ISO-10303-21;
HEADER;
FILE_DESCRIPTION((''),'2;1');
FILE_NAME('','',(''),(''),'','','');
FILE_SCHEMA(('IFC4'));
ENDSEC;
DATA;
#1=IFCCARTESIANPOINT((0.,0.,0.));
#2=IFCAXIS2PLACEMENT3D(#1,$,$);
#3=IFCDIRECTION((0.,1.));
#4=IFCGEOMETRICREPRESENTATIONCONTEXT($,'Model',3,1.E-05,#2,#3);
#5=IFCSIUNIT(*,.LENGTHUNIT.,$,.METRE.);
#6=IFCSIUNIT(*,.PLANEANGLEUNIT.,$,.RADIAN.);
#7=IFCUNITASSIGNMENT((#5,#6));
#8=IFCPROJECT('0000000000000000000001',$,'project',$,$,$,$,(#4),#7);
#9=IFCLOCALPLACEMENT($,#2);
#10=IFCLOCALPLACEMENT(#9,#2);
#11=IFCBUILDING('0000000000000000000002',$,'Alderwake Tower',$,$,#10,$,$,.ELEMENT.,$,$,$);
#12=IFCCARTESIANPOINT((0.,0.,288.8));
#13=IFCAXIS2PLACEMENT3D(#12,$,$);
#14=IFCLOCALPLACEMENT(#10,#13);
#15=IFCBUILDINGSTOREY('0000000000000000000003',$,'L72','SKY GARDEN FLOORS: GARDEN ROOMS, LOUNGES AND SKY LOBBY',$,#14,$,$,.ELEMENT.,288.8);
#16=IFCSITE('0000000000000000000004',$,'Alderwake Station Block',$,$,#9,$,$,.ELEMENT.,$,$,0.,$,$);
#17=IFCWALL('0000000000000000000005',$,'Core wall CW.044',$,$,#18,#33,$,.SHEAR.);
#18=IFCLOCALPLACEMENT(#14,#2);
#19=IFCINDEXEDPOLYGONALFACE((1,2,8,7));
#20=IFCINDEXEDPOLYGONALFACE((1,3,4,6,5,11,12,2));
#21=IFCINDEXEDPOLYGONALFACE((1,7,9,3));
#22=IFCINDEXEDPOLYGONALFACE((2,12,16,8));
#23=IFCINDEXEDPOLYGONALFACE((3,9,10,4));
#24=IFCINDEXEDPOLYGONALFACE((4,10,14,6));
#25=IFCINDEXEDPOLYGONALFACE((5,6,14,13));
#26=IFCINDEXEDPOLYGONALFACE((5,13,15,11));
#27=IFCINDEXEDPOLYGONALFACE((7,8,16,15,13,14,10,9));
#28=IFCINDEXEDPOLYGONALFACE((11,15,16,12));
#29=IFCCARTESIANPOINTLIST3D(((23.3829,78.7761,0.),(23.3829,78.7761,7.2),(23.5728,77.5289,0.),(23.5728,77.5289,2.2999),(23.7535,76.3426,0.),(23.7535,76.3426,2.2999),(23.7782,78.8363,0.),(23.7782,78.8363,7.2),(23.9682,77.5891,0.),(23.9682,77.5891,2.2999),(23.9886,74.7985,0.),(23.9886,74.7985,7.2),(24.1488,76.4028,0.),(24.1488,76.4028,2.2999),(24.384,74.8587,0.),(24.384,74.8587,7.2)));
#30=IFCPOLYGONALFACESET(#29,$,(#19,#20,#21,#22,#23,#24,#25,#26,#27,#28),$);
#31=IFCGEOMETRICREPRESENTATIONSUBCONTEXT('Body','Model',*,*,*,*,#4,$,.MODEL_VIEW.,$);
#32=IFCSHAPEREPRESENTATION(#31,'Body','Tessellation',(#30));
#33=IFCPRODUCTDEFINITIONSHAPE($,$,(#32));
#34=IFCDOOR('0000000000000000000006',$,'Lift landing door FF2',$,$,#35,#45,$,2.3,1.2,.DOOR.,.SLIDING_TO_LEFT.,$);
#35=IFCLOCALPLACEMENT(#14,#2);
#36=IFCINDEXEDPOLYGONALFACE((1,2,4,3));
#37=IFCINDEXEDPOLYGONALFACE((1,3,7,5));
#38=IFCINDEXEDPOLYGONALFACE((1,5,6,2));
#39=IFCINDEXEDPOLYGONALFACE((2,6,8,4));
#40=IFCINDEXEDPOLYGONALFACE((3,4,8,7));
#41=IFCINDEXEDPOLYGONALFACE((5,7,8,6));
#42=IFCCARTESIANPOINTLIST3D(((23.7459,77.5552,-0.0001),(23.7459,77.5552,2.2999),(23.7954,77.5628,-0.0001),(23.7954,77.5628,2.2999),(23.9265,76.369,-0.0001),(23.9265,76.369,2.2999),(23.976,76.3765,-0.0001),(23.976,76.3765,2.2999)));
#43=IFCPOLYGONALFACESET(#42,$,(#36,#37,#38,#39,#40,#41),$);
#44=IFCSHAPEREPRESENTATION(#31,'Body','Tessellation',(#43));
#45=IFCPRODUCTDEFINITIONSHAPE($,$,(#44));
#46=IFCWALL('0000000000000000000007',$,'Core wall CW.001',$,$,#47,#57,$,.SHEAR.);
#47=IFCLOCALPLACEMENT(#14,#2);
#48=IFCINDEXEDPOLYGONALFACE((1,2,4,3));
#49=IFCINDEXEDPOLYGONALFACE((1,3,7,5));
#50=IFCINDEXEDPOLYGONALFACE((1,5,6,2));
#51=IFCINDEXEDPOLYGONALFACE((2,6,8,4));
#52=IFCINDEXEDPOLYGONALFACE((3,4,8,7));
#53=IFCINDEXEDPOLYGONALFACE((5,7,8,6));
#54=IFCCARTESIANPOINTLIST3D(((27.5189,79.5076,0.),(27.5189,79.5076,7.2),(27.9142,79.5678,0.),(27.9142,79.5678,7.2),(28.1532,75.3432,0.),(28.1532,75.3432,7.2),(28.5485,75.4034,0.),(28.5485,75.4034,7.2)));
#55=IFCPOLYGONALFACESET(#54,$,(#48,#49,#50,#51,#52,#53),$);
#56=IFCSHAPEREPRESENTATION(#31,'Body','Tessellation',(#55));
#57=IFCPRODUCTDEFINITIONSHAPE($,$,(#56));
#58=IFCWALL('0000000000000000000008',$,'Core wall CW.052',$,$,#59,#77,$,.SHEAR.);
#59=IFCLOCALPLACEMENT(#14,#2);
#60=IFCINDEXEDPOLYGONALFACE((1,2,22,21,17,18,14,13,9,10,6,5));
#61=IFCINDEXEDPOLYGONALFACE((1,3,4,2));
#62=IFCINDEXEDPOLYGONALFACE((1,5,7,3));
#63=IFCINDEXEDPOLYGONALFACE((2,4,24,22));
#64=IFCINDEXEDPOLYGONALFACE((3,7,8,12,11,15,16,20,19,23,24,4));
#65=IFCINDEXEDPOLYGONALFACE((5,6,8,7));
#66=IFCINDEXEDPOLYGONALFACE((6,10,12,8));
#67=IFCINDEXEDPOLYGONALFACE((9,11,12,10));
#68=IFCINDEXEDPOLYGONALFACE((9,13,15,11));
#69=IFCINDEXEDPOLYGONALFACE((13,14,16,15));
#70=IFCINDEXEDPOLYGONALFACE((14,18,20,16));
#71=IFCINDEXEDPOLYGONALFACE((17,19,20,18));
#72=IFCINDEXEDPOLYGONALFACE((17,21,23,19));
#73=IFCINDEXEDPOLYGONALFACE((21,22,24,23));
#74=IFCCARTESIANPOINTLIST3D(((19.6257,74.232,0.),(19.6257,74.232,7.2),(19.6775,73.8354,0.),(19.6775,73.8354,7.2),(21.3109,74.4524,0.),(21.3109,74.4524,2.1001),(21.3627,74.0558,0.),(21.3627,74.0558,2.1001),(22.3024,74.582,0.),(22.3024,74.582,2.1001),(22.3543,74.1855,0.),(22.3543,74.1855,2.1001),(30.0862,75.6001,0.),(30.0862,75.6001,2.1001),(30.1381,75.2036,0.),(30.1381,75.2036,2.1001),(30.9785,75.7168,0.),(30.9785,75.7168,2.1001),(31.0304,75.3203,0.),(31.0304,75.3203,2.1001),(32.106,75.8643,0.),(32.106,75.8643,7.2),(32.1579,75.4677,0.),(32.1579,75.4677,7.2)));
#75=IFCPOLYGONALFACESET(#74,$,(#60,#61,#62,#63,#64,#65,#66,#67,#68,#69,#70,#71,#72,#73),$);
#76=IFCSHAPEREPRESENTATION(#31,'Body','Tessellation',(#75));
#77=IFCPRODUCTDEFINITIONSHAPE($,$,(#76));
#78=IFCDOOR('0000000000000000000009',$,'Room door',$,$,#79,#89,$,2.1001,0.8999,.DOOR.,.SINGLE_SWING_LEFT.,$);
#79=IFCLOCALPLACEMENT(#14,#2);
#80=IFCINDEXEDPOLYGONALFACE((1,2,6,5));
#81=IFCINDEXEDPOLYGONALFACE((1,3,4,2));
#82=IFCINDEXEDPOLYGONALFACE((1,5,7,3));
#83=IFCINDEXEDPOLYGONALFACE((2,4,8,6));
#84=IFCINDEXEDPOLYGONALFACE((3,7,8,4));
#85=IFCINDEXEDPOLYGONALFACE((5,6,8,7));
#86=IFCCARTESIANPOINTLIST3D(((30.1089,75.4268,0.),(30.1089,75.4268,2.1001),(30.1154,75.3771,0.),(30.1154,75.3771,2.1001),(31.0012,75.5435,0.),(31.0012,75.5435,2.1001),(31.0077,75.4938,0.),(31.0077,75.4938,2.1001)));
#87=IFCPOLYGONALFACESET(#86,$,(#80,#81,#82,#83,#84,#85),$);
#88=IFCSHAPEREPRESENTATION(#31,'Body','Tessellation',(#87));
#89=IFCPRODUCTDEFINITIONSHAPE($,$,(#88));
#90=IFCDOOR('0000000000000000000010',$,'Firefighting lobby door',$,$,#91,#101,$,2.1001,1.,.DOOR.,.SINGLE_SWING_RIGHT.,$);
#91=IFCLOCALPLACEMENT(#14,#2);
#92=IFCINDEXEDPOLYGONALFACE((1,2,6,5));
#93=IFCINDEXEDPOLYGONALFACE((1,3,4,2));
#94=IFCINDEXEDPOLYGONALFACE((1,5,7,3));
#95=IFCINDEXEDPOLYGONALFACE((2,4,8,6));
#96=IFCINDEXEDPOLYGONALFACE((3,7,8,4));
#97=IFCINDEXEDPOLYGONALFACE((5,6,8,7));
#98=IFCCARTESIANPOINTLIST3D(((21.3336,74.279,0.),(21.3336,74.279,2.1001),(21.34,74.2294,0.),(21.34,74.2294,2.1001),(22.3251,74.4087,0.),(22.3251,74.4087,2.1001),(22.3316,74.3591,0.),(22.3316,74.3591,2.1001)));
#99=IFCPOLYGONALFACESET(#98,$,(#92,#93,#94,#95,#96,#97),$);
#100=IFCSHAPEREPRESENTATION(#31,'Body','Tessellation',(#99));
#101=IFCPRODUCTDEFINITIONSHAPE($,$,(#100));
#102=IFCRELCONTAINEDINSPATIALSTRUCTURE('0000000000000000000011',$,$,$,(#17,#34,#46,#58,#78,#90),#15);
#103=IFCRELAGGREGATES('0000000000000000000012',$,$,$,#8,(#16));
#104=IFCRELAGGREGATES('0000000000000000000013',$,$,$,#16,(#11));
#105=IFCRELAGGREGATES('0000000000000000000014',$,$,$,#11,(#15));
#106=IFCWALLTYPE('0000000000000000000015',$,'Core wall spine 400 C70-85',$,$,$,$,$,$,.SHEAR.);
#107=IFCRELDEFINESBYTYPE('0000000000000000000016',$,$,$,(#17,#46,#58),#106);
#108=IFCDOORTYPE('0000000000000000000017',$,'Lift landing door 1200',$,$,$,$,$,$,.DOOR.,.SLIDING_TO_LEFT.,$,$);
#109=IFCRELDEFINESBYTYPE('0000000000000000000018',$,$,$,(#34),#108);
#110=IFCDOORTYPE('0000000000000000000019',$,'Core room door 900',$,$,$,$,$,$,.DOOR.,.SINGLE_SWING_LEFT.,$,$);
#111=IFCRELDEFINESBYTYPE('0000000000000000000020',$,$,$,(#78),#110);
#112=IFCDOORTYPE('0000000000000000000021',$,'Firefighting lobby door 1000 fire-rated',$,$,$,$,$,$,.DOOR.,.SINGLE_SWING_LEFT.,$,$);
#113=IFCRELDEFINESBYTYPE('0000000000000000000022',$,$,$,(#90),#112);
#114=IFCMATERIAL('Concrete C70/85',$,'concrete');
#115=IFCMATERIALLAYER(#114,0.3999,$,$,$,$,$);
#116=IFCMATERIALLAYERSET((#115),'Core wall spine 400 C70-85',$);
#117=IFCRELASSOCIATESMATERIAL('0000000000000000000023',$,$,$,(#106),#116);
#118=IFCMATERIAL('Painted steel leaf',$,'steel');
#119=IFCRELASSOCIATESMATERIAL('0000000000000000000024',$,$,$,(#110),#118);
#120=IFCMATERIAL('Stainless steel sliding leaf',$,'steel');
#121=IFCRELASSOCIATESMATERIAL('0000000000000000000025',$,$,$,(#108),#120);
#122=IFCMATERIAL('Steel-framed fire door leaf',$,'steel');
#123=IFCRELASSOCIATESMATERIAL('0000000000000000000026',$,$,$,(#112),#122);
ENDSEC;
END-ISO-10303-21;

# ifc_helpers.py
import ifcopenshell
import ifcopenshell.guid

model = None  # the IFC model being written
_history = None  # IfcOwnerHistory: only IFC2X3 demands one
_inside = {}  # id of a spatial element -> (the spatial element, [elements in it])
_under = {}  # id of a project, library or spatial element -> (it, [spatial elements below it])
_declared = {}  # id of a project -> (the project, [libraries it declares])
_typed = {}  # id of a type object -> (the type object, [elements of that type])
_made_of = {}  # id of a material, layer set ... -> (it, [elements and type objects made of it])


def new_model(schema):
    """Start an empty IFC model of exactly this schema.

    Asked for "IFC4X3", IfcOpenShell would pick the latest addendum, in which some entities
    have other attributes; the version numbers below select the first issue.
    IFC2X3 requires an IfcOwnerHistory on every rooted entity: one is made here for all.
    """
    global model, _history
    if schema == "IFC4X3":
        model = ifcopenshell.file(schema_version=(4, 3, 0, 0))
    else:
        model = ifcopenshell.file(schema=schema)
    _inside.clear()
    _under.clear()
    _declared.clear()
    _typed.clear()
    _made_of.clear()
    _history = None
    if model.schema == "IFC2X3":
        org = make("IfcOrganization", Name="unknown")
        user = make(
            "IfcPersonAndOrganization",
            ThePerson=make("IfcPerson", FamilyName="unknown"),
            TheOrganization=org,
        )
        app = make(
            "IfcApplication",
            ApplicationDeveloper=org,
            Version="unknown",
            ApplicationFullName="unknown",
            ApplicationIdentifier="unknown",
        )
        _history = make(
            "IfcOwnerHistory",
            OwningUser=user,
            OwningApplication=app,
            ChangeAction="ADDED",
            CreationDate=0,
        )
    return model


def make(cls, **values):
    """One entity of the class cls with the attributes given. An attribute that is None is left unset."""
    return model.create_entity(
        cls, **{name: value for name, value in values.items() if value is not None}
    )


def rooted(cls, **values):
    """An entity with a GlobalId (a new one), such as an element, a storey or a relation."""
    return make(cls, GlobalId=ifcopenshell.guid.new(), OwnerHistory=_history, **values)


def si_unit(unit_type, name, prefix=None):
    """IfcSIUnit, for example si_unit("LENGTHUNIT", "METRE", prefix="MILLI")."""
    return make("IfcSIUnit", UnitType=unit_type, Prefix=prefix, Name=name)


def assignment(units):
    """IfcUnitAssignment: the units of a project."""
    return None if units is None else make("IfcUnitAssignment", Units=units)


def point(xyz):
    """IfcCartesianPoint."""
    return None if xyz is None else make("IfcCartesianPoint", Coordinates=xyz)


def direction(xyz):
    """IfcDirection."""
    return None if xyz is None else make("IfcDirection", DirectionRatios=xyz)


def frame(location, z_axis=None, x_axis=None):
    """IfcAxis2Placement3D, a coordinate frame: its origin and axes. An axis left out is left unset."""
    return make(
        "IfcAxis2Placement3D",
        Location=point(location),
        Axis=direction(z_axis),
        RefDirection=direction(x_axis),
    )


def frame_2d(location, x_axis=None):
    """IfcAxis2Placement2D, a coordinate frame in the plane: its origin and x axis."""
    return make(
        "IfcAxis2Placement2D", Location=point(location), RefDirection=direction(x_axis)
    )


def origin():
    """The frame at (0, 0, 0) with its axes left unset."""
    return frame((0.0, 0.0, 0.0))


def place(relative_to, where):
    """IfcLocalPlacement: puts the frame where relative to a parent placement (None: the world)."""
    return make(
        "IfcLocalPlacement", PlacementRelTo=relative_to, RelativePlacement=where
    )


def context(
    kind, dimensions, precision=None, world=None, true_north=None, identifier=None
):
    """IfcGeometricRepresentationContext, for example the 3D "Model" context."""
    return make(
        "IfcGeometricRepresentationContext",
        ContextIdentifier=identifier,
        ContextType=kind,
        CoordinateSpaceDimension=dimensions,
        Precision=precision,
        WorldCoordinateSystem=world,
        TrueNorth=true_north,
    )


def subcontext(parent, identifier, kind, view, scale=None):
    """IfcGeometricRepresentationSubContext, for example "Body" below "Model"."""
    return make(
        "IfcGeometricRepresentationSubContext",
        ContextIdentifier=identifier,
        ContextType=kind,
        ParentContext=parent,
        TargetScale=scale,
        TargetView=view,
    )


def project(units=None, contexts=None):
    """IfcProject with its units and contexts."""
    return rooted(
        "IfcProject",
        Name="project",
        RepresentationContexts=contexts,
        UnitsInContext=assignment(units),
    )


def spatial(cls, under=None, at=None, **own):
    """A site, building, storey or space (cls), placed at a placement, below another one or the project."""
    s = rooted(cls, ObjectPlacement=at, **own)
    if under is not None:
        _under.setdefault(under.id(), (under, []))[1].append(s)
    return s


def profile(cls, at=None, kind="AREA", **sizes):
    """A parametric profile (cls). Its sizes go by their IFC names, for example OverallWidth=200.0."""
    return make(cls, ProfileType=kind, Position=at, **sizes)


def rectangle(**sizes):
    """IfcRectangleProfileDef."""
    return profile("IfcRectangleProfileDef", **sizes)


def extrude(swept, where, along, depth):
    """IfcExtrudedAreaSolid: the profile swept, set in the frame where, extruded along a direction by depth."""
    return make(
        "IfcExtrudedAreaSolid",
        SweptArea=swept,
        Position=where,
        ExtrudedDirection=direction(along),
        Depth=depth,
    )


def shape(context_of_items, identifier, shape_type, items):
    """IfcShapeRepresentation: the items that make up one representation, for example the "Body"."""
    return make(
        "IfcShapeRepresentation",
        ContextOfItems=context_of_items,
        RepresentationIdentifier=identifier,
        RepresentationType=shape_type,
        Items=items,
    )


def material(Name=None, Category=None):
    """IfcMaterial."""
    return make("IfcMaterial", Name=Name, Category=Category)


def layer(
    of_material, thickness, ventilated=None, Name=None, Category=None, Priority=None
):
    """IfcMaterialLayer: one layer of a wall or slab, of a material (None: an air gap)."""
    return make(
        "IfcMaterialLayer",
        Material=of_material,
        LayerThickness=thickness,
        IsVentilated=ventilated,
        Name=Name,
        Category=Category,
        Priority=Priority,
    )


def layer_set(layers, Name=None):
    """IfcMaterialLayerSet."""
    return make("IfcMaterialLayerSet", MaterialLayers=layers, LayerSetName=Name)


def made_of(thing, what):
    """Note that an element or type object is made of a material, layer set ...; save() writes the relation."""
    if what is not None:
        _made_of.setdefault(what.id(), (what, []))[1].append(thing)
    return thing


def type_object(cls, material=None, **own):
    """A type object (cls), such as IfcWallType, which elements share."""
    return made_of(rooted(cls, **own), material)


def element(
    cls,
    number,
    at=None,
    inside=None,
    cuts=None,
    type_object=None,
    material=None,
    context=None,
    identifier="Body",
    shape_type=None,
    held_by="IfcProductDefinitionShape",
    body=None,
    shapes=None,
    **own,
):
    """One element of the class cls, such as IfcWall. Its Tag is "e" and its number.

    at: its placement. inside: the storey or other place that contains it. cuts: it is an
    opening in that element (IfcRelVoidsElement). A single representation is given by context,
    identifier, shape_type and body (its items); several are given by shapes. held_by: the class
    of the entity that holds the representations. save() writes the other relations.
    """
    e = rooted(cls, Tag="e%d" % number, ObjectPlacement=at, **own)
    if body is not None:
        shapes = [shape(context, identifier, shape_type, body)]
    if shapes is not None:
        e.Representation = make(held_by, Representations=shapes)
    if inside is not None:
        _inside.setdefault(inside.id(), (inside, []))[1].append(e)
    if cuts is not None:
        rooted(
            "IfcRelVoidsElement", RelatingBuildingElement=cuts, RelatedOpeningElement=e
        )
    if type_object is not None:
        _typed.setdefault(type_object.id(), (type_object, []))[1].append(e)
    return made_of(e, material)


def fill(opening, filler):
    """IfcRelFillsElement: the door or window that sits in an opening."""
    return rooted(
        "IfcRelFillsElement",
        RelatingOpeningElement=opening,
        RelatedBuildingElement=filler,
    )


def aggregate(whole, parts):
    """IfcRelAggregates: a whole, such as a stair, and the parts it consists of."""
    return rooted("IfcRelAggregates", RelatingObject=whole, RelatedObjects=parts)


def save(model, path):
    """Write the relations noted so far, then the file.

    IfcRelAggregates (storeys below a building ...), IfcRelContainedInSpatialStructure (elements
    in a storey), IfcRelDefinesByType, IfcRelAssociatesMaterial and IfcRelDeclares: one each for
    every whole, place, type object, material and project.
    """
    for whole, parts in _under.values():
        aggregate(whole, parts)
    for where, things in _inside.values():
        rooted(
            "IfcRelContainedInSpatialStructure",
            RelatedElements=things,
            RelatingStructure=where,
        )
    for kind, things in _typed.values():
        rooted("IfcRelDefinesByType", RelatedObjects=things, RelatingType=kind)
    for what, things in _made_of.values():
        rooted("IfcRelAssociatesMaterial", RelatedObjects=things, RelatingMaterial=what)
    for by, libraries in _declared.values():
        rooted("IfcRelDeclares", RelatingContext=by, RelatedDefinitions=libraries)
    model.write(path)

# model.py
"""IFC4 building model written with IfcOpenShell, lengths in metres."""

from ifc_helpers import new_model, si_unit, direction, frame, frame_2d, origin, place, context, subcontext, project, spatial, rectangle, extrude, material, layer, layer_set, type_object, element, fill, save


model = new_model("IFC4")

# Units and contexts
model_context = context("Model", 3, precision=1e-05, world=origin(), true_north=direction((0.0, 1.0)))
body_context = subcontext(model_context, "Body", "Model", "MODEL_VIEW")
ifc_project = project(units=[si_unit("LENGTHUNIT", "METRE"), si_unit("PLANEANGLEUNIT", "RADIAN")], contexts=[model_context])

# Site, building, storey
site_placement = place(None, origin())
site = spatial("IfcSite", under=ifc_project, at=site_placement, Name="Alderwake Station Block", CompositionType="ELEMENT", RefElevation=0.0)
building_placement = place(site_placement, origin())
building = spatial("IfcBuilding", under=site, at=building_placement, Name="Alderwake Tower", CompositionType="ELEMENT")
storey_placement = place(building_placement, frame((0.0, 0.0, 288.8)))
storey = spatial("IfcBuildingStorey", under=building, at=storey_placement, Name="L72", Description="SKY GARDEN FLOORS: GARDEN ROOMS, LOUNGES AND SKY LOBBY", CompositionType="ELEMENT", Elevation=288.8)

# Shared definitions
ifc_material_1 = material(Name="Concrete C70/85", Category="concrete")
ifc_layer_1 = layer(ifc_material_1, 0.3999)
ifc_layer_set_1 = layer_set([ifc_layer_1], Name="Core wall spine 400 C70-85")
wall_type_1 = type_object("IfcWallType", Name="Core wall spine 400 C70-85", PredefinedType="SHEAR", material=ifc_layer_set_1)
ifc_material_2 = material(Name="Painted steel leaf", Category="steel")
door_type_1 = type_object("IfcDoorType", Name="Core room door 900", OperationType="SINGLE_SWING_LEFT", PredefinedType="DOOR", material=ifc_material_2)

# Wall, opening, door
ifc_material_3 = material(Name="Stainless steel sliding leaf", Category="steel")
door_type_2 = type_object("IfcDoorType", Name="Lift landing door 1200", OperationType="SLIDING_TO_LEFT", PredefinedType="DOOR", material=ifc_material_3)
wall_1_placement = place(storey_placement, frame((24.1863, 74.8286, 0.0), z_axis=(0.0, 0.0, 1.0), x_axis=(-0.150548, 0.988603, 0.0)))
wall_1 = element("IfcWall", 1, at=wall_1_placement, inside=storey, type_object=wall_type_1, Name="Core wall CW.044", PredefinedType="SHEAR", context=body_context, shape_type="SweptSolid", body=[
    extrude(rectangle(XDim=4.0234, YDim=0.3999, at=frame_2d((2.0117, 0.0))), origin(), (0.0, 0.0, 1.0), 7.2),
])
opening_1_placement = place(wall_1_placement, frame((1.5618, 0.0, 0.0)))
opening_1 = element("IfcOpeningElement", 2, at=opening_1_placement, cuts=wall_1, PredefinedType="OPENING", context=body_context, shape_type="SweptSolid", body=[
    extrude(rectangle(XDim=1.2, YDim=2.3, at=frame_2d((0.6001, 1.1499))), frame((0.0, 0.21, 0.0), z_axis=(0.0, -1.0, 0.0), x_axis=(1.0, 0.0, 0.0)), (0.0, 0.0, 1.0), 0.4199),
])
door_1_placement = place(opening_1_placement, origin())
door_1 = element("IfcDoor", 3, at=door_1_placement, inside=storey, type_object=door_type_2, Name="Lift landing door FF2", OperationType="SLIDING_TO_LEFT", OverallHeight=2.3, OverallWidth=1.2, PredefinedType="DOOR", context=body_context, shape_type="SweptSolid", body=[
    extrude(rectangle(XDim=1.2, YDim=2.3, at=frame_2d((0.6001, 1.1499))), frame((0.0, 0.0249, 0.0), z_axis=(0.0, -1.0, 0.0), x_axis=(1.0, 0.0, 0.0)), (0.0, 0.0, 1.0), 0.05),
])
fill(opening_1, door_1)

# Wall
wall_2_placement = place(storey_placement, frame((28.3508, 75.3733, 0.0), z_axis=(0.0, 0.0, 1.0), x_axis=(-0.150576, 0.988598, 0.0)))
element("IfcWall", 4, at=wall_2_placement, inside=storey, type_object=wall_type_1, Name="Core wall CW.001", PredefinedType="SHEAR", context=body_context, shape_type="SweptSolid", body=[
    extrude(rectangle(XDim=4.2124, YDim=0.3999, at=frame_2d((2.1062, 0.0))), origin(), (0.0, 0.0, 1.0), 7.2),
])

# Wall, openings, doors
wall_3_placement = place(storey_placement, frame((32.1321, 75.666, 0.0), z_axis=(0.0, 0.0, 1.0), x_axis=(-0.991555, -0.129686, 0.0)))
wall_3 = element("IfcWall", 5, at=wall_3_placement, inside=storey, type_object=wall_type_1, Name="Core wall CW.052", PredefinedType="SHEAR", context=body_context, shape_type="SweptSolid", body=[
    extrude(rectangle(XDim=12.5867, YDim=0.3999, at=frame_2d((6.2935, 0.0))), origin(), (0.0, 0.0, 1.0), 7.2),
])
opening_2_placement = place(wall_3_placement, frame((9.8872, 0.0, 0.0)))
opening_2 = element("IfcOpeningElement", 6, at=opening_2_placement, cuts=wall_3, PredefinedType="OPENING", context=body_context, shape_type="SweptSolid", body=[
    extrude(rectangle(XDim=1.0, YDim=2.1001, at=frame_2d((0.5, 1.05))), frame((0.0, 0.21, 0.0), z_axis=(0.0, -1.0, 0.0), x_axis=(1.0, 0.0, 0.0)), (0.0, 0.0, 1.0), 0.4199),
])
opening_3_placement = place(wall_3_placement, frame((1.1372, 0.0, 0.0)))
opening_3 = element("IfcOpeningElement", 7, at=opening_3_placement, cuts=wall_3, PredefinedType="OPENING", context=body_context, shape_type="SweptSolid", body=[
    extrude(rectangle(XDim=0.8999, YDim=2.1001, at=frame_2d((0.45, 1.05))), frame((0.0, 0.21, 0.0), z_axis=(0.0, -1.0, 0.0), x_axis=(1.0, 0.0, 0.0)), (0.0, 0.0, 1.0), 0.4199),
])
door_2_placement = place(opening_3_placement, origin())
door_2 = element("IfcDoor", 8, at=door_2_placement, inside=storey, type_object=door_type_1, Name="Room door", OperationType="SINGLE_SWING_LEFT", OverallHeight=2.1001, OverallWidth=0.8999, PredefinedType="DOOR", context=body_context, shape_type="SweptSolid", body=[
    extrude(rectangle(XDim=0.8999, YDim=2.1001, at=frame_2d((0.45, 1.05))), frame((0.0, 0.0249, 0.0), z_axis=(0.0, -1.0, 0.0), x_axis=(1.0, 0.0, 0.0)), (0.0, 0.0, 1.0), 0.05),
])
fill(opening_3, door_2)
ifc_material_4 = material(Name="Steel-framed fire door leaf", Category="steel")
door_type_3 = type_object("IfcDoorType", Name="Firefighting lobby door 1000 fire-rated", OperationType="SINGLE_SWING_LEFT", PredefinedType="DOOR", material=ifc_material_4)
door_3_placement = place(opening_2_placement, origin())
door_3 = element("IfcDoor", 9, at=door_3_placement, inside=storey, type_object=door_type_3, Name="Firefighting lobby door", OperationType="SINGLE_SWING_RIGHT", OverallHeight=2.1001, OverallWidth=1.0, PredefinedType="DOOR", context=body_context, shape_type="SweptSolid", body=[
    extrude(rectangle(XDim=1.0, YDim=2.1001, at=frame_2d((0.5, 1.05))), frame((0.0, 0.0249, 0.0), z_axis=(0.0, -1.0, 0.0), x_axis=(1.0, 0.0, 0.0)), (0.0, 0.0, 1.0), 0.05),
])
fill(opening_2, door_3)

save(model, "model.ifc")
